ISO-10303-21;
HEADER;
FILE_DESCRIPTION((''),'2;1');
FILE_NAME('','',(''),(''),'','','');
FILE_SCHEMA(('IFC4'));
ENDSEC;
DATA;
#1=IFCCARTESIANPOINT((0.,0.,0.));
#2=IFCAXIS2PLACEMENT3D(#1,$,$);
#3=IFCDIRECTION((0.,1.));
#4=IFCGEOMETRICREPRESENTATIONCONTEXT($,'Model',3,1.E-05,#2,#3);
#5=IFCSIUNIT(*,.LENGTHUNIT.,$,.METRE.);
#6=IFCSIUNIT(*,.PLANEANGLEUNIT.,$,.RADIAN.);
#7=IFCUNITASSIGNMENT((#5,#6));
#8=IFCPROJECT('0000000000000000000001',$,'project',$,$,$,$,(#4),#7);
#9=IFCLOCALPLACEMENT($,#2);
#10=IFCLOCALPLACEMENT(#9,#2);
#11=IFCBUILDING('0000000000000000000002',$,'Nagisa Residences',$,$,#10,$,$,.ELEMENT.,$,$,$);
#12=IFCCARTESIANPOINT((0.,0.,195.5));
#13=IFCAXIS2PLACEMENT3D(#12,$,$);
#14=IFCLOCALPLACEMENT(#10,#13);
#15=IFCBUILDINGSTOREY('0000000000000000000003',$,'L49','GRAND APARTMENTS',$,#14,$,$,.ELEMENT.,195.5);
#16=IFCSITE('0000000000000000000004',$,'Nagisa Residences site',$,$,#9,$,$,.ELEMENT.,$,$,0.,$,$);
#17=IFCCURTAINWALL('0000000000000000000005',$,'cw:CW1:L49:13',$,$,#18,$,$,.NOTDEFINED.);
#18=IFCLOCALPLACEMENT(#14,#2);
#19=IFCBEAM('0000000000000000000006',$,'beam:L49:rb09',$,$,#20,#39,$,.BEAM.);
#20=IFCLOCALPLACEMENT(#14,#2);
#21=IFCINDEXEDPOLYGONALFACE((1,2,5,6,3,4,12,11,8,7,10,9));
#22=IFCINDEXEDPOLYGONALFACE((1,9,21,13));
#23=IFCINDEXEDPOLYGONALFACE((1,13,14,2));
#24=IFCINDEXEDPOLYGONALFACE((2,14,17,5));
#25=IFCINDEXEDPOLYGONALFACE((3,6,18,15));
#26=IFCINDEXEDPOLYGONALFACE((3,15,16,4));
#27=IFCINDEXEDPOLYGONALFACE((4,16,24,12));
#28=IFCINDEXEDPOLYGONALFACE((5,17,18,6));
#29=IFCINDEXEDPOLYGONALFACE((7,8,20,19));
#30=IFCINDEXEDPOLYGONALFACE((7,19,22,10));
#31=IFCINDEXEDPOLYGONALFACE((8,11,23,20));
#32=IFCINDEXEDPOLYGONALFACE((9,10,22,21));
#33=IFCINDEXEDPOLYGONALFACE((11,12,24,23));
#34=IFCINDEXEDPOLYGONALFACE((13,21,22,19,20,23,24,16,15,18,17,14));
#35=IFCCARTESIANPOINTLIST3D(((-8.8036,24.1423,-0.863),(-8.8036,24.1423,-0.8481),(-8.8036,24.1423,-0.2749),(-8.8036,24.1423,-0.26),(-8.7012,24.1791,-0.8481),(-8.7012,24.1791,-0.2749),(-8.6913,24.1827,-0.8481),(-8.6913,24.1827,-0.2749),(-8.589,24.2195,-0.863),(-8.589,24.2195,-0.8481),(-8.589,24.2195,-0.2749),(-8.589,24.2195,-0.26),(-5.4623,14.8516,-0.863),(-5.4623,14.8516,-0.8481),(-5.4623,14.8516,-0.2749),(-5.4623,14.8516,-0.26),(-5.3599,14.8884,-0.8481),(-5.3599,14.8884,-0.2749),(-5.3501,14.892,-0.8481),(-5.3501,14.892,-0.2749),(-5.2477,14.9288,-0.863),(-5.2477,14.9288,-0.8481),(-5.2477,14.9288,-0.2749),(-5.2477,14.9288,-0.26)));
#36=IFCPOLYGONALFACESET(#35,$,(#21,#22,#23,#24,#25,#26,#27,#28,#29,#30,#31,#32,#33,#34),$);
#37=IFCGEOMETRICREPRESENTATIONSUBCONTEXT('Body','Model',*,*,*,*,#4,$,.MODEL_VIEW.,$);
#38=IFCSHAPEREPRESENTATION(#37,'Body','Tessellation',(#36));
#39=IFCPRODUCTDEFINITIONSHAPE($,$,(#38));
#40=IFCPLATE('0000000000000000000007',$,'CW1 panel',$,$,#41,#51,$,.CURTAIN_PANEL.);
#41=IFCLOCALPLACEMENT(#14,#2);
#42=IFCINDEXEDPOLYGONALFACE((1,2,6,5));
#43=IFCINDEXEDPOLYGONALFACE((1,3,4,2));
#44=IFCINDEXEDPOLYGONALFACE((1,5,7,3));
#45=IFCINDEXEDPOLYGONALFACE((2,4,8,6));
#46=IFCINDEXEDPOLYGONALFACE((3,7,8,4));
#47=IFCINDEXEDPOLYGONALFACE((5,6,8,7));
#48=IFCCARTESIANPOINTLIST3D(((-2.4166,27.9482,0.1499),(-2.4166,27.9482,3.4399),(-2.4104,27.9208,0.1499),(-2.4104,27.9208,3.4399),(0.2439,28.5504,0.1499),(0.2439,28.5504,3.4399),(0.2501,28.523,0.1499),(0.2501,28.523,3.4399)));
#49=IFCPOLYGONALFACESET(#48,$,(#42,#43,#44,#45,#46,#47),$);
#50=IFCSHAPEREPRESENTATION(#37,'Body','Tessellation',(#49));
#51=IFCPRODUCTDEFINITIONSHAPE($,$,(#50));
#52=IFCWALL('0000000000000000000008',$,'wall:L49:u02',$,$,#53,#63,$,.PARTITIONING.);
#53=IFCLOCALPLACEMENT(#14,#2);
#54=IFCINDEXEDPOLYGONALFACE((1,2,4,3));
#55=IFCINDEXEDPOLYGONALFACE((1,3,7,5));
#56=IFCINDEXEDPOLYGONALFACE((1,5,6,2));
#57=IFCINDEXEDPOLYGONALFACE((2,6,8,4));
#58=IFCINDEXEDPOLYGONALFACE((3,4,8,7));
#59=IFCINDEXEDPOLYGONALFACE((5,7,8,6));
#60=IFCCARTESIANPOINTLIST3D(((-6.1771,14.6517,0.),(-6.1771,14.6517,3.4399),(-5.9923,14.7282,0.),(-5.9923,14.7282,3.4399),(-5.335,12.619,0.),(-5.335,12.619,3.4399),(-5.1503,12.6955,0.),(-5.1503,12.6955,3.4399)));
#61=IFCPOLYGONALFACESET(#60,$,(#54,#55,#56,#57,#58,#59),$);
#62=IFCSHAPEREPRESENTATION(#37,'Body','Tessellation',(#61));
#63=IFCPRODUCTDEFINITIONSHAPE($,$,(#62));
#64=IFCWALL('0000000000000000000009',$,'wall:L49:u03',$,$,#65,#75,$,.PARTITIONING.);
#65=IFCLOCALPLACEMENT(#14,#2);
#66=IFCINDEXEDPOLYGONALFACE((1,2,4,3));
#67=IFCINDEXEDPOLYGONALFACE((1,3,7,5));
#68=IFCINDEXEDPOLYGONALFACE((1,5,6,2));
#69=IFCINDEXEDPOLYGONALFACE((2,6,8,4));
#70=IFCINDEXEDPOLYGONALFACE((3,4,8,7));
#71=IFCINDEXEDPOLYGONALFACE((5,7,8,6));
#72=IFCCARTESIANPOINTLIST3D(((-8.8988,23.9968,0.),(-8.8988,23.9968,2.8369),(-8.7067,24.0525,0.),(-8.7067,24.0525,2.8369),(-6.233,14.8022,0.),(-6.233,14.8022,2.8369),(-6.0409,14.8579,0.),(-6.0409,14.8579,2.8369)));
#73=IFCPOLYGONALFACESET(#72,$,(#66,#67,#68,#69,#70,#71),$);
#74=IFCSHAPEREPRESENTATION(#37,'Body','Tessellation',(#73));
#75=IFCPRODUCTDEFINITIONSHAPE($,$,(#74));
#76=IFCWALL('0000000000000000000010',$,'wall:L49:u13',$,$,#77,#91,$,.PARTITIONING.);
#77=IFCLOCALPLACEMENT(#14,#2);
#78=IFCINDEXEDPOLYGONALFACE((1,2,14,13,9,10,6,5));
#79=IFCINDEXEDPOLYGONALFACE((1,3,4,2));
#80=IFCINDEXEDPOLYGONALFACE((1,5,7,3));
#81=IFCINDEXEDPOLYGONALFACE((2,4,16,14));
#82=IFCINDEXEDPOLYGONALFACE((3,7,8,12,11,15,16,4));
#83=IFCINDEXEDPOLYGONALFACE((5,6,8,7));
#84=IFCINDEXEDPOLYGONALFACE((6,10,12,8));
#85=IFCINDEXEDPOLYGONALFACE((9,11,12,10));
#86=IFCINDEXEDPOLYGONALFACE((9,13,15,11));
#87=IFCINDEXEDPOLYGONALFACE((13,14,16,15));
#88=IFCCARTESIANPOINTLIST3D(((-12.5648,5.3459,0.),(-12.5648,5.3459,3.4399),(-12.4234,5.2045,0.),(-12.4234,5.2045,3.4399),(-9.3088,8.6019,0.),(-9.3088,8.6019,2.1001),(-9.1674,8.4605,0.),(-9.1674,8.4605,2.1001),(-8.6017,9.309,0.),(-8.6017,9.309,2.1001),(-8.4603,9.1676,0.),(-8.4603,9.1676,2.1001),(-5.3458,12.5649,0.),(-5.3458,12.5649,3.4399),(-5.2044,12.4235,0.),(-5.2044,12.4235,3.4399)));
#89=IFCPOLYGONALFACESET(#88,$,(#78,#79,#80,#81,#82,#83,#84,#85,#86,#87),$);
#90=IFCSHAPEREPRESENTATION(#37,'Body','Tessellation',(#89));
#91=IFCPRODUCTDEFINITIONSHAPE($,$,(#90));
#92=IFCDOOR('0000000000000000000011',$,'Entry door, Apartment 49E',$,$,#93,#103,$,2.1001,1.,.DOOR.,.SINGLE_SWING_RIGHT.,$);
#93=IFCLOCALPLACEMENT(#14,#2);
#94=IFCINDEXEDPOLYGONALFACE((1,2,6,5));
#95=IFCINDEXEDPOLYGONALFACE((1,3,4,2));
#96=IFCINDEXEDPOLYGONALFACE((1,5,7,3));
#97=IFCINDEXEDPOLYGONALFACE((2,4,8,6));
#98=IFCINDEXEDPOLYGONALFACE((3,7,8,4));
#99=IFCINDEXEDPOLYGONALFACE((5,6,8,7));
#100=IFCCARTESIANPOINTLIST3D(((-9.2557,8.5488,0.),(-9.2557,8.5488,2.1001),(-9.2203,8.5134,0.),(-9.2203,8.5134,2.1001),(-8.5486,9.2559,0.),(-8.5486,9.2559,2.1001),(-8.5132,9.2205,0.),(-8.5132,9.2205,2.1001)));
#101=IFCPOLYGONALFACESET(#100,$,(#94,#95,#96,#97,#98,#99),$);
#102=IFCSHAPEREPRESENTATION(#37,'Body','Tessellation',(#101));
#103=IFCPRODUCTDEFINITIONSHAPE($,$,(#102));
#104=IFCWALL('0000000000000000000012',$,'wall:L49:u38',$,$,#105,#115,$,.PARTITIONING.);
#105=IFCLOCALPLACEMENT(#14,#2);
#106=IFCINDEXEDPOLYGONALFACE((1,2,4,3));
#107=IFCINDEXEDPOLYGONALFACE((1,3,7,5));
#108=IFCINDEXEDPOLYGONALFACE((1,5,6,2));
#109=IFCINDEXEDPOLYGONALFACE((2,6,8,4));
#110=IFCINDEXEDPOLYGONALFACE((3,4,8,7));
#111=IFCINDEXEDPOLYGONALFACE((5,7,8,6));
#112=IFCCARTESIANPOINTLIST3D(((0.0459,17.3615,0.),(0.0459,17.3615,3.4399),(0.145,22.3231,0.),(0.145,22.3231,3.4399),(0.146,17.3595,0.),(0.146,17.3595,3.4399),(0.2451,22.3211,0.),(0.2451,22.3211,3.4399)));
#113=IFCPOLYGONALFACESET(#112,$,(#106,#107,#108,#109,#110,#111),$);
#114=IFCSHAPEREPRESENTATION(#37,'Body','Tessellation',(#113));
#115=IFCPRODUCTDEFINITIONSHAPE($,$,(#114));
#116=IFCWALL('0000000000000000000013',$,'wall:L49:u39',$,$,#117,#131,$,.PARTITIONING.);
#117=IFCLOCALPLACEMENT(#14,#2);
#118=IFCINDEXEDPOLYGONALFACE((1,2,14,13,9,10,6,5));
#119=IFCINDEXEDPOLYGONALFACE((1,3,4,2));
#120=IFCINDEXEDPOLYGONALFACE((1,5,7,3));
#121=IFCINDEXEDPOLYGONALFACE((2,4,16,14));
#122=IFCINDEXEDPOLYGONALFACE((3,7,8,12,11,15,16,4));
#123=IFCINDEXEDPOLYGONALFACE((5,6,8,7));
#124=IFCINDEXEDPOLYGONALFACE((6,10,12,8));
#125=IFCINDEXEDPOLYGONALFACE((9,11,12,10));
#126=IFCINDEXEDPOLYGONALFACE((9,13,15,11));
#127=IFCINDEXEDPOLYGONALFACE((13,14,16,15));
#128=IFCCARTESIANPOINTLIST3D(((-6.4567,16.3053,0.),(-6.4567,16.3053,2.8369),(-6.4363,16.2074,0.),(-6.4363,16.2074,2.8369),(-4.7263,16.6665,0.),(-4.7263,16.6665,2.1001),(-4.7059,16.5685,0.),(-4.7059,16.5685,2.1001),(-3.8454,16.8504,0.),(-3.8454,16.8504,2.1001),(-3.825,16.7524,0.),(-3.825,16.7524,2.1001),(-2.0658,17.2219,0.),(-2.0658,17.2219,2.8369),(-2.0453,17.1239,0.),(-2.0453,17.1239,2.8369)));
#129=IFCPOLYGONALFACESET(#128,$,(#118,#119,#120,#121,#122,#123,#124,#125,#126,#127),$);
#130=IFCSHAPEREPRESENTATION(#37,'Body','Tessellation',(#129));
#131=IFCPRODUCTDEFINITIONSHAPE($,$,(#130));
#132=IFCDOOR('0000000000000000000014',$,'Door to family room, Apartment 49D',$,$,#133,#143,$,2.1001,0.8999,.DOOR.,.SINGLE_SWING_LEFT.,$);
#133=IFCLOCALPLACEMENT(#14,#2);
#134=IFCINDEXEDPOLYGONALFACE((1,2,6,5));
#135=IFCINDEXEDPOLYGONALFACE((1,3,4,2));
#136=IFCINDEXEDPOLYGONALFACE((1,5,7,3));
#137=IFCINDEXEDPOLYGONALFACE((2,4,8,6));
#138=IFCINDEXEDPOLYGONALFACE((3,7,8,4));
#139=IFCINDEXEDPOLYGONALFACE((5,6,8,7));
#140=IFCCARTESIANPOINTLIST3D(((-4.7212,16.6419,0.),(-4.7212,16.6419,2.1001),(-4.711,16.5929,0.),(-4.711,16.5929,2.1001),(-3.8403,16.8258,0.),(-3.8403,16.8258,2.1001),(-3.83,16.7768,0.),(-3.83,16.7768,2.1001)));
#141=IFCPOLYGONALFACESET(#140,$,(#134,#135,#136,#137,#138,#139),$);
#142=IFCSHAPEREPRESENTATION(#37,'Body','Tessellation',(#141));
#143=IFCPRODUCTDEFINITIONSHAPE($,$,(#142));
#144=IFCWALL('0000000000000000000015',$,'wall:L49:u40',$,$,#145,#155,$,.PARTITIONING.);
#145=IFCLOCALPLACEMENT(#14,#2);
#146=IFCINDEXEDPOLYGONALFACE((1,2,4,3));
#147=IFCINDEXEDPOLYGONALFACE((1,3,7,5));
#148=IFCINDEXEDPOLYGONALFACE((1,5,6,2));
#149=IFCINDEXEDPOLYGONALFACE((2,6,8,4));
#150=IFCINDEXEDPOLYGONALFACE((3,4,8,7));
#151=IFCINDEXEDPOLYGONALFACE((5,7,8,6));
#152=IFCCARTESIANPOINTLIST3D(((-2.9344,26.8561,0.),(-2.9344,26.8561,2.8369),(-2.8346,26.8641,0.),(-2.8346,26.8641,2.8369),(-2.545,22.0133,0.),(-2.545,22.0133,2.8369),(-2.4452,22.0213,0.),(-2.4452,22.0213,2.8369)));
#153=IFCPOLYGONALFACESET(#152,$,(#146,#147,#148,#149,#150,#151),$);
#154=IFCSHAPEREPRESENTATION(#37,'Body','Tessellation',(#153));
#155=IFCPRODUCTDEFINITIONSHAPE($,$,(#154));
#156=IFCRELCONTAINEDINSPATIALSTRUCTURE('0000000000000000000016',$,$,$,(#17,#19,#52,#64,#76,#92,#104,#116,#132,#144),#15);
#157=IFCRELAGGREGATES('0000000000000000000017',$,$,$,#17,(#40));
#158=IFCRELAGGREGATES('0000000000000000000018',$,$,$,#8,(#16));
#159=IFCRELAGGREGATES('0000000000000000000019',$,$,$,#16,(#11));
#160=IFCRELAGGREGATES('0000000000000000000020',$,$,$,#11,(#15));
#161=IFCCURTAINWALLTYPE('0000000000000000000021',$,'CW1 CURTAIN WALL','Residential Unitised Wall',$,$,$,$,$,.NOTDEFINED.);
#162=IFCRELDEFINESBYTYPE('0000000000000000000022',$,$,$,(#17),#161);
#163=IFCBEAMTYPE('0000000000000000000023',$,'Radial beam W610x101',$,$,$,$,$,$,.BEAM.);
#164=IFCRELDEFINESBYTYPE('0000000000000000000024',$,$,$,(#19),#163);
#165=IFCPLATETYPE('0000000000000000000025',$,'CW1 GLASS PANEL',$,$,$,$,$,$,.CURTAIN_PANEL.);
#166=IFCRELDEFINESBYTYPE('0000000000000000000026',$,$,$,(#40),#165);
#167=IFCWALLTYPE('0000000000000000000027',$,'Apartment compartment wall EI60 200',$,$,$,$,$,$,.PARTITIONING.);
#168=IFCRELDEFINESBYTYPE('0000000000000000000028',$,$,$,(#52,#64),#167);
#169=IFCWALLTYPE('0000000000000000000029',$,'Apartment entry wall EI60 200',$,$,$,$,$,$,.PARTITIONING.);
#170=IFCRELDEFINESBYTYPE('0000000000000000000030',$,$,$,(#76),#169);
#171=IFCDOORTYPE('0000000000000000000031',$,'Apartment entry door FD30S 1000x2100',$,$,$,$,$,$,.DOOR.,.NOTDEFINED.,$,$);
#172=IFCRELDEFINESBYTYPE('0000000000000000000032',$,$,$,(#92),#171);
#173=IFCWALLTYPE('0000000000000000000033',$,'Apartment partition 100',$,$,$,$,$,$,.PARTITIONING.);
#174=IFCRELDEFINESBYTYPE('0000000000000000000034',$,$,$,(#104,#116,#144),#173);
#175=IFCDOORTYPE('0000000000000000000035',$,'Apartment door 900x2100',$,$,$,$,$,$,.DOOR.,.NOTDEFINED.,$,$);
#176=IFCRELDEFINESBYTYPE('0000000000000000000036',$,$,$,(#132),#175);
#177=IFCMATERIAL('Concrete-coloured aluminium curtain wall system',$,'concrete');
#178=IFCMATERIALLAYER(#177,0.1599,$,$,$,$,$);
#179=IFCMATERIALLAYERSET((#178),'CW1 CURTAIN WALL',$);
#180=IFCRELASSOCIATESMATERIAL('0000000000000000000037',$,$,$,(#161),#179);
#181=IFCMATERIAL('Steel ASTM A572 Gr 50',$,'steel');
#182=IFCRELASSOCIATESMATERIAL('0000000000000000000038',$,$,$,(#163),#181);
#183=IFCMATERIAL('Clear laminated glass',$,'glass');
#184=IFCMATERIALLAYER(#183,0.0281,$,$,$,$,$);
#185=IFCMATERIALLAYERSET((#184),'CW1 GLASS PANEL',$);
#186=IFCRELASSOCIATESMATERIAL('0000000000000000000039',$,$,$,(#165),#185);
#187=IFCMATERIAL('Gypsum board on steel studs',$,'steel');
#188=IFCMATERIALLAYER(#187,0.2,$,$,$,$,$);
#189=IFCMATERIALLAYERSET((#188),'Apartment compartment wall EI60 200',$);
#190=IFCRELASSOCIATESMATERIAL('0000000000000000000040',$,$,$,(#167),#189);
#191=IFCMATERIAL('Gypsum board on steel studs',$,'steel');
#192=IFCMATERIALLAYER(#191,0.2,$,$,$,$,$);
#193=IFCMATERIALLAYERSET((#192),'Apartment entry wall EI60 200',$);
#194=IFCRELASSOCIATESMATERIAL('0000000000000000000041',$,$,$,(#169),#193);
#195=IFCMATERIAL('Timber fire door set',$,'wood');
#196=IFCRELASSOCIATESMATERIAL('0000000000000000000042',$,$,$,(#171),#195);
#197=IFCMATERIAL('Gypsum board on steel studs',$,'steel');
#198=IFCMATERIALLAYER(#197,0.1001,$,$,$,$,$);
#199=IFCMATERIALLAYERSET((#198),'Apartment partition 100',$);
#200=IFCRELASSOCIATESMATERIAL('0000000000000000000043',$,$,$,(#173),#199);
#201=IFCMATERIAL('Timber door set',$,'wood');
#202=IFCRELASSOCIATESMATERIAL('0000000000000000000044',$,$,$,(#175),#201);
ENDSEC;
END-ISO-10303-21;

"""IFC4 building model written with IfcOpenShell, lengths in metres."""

from ifc_helpers import new_model, si_unit, direction, frame, frame_2d, origin, origin_2d, place, context, subcontext, project, spatial, rectangle, i_section, extrude, material, layer, layer_set, material_profile, profile_set, type_object, element, fill, aggregate, save


model = new_model("IFC4")

# Units and contexts
model_context = context("Model", 3, precision=1e-05, world=origin(), true_north=direction((0.0, 1.0)))
body_context = subcontext(model_context, "Body", "Model", "MODEL_VIEW")
ifc_project = project(units=[si_unit("LENGTHUNIT", "METRE"), si_unit("PLANEANGLEUNIT", "RADIAN")], contexts=[model_context])

# Site, building, storey
site_placement = place(None, origin())
site = spatial("IfcSite", under=ifc_project, at=site_placement, Name="Nagisa Residences site", CompositionType="ELEMENT", RefElevation=0.0)
building_placement = place(site_placement, origin())
building = spatial("IfcBuilding", under=site, at=building_placement, Name="Nagisa Residences", CompositionType="ELEMENT")
storey_placement = place(building_placement, frame((0.0, 0.0, 195.5)))
storey = spatial("IfcBuildingStorey", under=building, at=storey_placement, Name="L49", Description="GRAND APARTMENTS", CompositionType="ELEMENT", Elevation=195.5)

# Curtain wall
ifc_material_1 = material(Name="Concrete-coloured aluminium curtain wall system", Category="concrete")
ifc_layer_1 = layer(ifc_material_1, 0.1599)
ifc_layer_set_1 = layer_set([ifc_layer_1], Name="CW1 CURTAIN WALL")
curtain_wall_type = type_object("IfcCurtainWallType", Name="CW1 CURTAIN WALL", Description="Residential Unitised Wall", PredefinedType="NOTDEFINED", material=ifc_layer_set_1)
curtain_wall_placement = place(storey_placement, origin())
curtain_wall = element("IfcCurtainWall", 1, at=curtain_wall_placement, inside=storey, type_object=curtain_wall_type, Name="cw:CW1:L49:13", PredefinedType="NOTDEFINED")

# Beam
ifc_material_2 = material(Name="Steel ASTM A572 Gr 50", Category="steel")
ifc_material_profile_1 = material_profile(ifc_material_2, i_section(OverallWidth=0.228, OverallDepth=0.603, WebThickness=0.0105, FlangeThickness=0.0149, at=origin_2d()), Name="W610x101")
ifc_profile_set_1 = profile_set([ifc_material_profile_1], Name="Steel ASTM A572 Gr 50")
beam_type_1 = type_object("IfcBeamType", Name="Radial beam W610x101", PredefinedType="BEAM", material=ifc_profile_set_1)
beam_1_placement = place(storey_placement, frame((-8.6963, 24.1809, -0.5615), z_axis=(0.338417, -0.940996, 0.0), x_axis=(0.940996, 0.338417, 0.0)))
element("IfcBeam", 2, at=beam_1_placement, inside=storey, type_object=beam_type_1, Name="beam:L49:rb09", PredefinedType="BEAM", context=body_context, shape_type="SweptSolid", body=[
    extrude(i_section(OverallWidth=0.228, OverallDepth=0.603, WebThickness=0.0105, FlangeThickness=0.0149, at=origin_2d()), origin(), (0.0, 0.0, 1.0), 9.8733),
])

# Plate
ifc_material_3 = material(Name="Clear laminated glass", Category="glass")
ifc_layer_2 = layer(ifc_material_3, 0.0281)
ifc_layer_set_2 = layer_set([ifc_layer_2], Name="CW1 GLASS PANEL")
plate_type = type_object("IfcPlateType", Name="CW1 GLASS PANEL", PredefinedType="CURTAIN_PANEL", material=ifc_layer_set_2)
plate_placement = place(storey_placement, frame((-1.0833, 28.2356, 0.1499), z_axis=(0.0, 0.0, 1.0), x_axis=(-0.975327, -0.220764, 0.0)))
plate = element("IfcPlate", 3, at=plate_placement, type_object=plate_type, Name="CW1 panel", PredefinedType="CURTAIN_PANEL", context=body_context, shape_type="SweptSolid", body=[
    extrude(rectangle(XDim=2.7278, YDim=0.0281, at=origin_2d()), origin(), (0.0, 0.0, 1.0), 3.29),
])
aggregate(curtain_wall, [plate])

# Walls
ifc_material_4 = material(Name="Gypsum board on steel studs", Category="steel")
ifc_layer_3 = layer(ifc_material_4, 0.2)
ifc_layer_set_3 = layer_set([ifc_layer_3], Name="Apartment compartment wall EI60 200")
wall_type_1 = type_object("IfcWallType", Name="Apartment compartment wall EI60 200", PredefinedType="PARTITIONING", material=ifc_layer_set_3)
wall_1_placement = place(storey_placement, frame((-5.2427, 12.6572, 0.0), z_axis=(0.0, 0.0, 1.0), x_axis=(-0.382708, 0.923869, 0.0)))
element("IfcWall", 4, at=wall_1_placement, inside=storey, type_object=wall_type_1, Name="wall:L49:u02", PredefinedType="PARTITIONING", context=body_context, shape_type="SweptSolid", body=[
    extrude(rectangle(XDim=2.2002, YDim=0.2, at=frame_2d((1.1001, 0.0))), origin(), (0.0, 0.0, 1.0), 3.4399),
])
wall_2_placement = place(storey_placement, frame((-6.137, 14.8301, 0.0), z_axis=(0.0, 0.0, 1.0), x_axis=(-0.278461, 0.960447, 0.0)))
element("IfcWall", 5, at=wall_2_placement, inside=storey, type_object=wall_type_1, Name="wall:L49:u03", PredefinedType="PARTITIONING", context=body_context, shape_type="SweptSolid", body=[
    extrude(rectangle(XDim=9.5732, YDim=0.2, at=frame_2d((4.7866, 0.0))), origin(), (0.0, 0.0, 1.0), 2.8369),
])

# Wall, opening, door
ifc_material_5 = material(Name="Gypsum board on steel studs", Category="steel")
ifc_layer_4 = layer(ifc_material_5, 0.2)
ifc_layer_set_4 = layer_set([ifc_layer_4], Name="Apartment entry wall EI60 200")
wall_type_2 = type_object("IfcWallType", Name="Apartment entry wall EI60 200", PredefinedType="PARTITIONING", material=ifc_layer_set_4)
wall_3_placement = place(storey_placement, frame((-5.2751, 12.4941, 0.0), z_axis=(0.0, 0.0, 1.0), x_axis=(-0.707107, -0.707107, 0.0)))
wall_3 = element("IfcWall", 6, at=wall_3_placement, inside=storey, type_object=wall_type_2, Name="wall:L49:u13", PredefinedType="PARTITIONING", context=body_context, shape_type="SweptSolid", body=[
    extrude(rectangle(XDim=10.2092, YDim=0.2, at=frame_2d((5.1045, 0.0))), origin(), (0.0, 0.0, 1.0), 3.4399),
])
opening_1_placement = place(wall_3_placement, frame((4.6045, 0.0, 0.0)))
opening_1 = element("IfcOpeningElement", 7, at=opening_1_placement, cuts=wall_3, PredefinedType="OPENING", context=body_context, shape_type="SweptSolid", body=[
    extrude(rectangle(XDim=1.0, YDim=2.1001, at=frame_2d((0.5, 1.05))), frame((0.0, 0.1099, 0.0), z_axis=(0.0, -1.0, 0.0), x_axis=(1.0, 0.0, 0.0)), (0.0, 0.0, 1.0), 0.22),
])
ifc_material_6 = material(Name="Timber fire door set", Category="wood")
door_type_1 = type_object("IfcDoorType", Name="Apartment entry door FD30S 1000x2100", OperationType="NOTDEFINED", PredefinedType="DOOR", material=ifc_material_6)
door_1_placement = place(opening_1_placement, frame((1.0, 0.0, 0.0), x_axis=(-1.0, 0.0, 0.0)))
door_1 = element("IfcDoor", 8, at=door_1_placement, inside=storey, type_object=door_type_1, Name="Entry door, Apartment 49E", OperationType="SINGLE_SWING_RIGHT", OverallHeight=2.1001, OverallWidth=1.0, PredefinedType="DOOR", context=body_context, shape_type="SweptSolid", body=[
    extrude(rectangle(XDim=1.0, YDim=2.1001, at=frame_2d((0.5, 1.05))), frame((0.0, 0.0249, 0.0), z_axis=(0.0, -1.0, 0.0), x_axis=(1.0, 0.0, 0.0)), (0.0, 0.0, 1.0), 0.05),
])
fill(opening_1, door_1)

# Wall
ifc_material_7 = material(Name="Gypsum board on steel studs", Category="steel")
ifc_layer_5 = layer(ifc_material_7, 0.1001)
ifc_layer_set_5 = layer_set([ifc_layer_5], Name="Apartment partition 100")
wall_type_3 = type_object("IfcWallType", Name="Apartment partition 100", PredefinedType="PARTITIONING", material=ifc_layer_set_5)
wall_4_placement = place(storey_placement, frame((0.0959, 17.3604, 0.0), z_axis=(0.0, 0.0, 1.0), x_axis=(0.019973, 0.999801, 0.0)))
element("IfcWall", 9, at=wall_4_placement, inside=storey, type_object=wall_type_3, Name="wall:L49:u38", PredefinedType="PARTITIONING", context=body_context, shape_type="SweptSolid", body=[
    extrude(rectangle(XDim=4.9626, YDim=0.1001, at=frame_2d((2.4814, 0.0))), origin(), (0.0, 0.0, 1.0), 3.4399),
])

# Wall, opening, door
wall_5_placement = place(storey_placement, frame((-2.0557, 17.1729, 0.0), z_axis=(0.0, 0.0, 1.0), x_axis=(-0.978903, -0.204326, 0.0)))
wall_5 = element("IfcWall", 10, at=wall_5_placement, inside=storey, type_object=wall_type_3, Name="wall:L49:u39", PredefinedType="PARTITIONING", context=body_context, shape_type="SweptSolid", body=[
    extrude(rectangle(XDim=4.4856, YDim=0.1001, at=frame_2d((2.2427, 0.0))), origin(), (0.0, 0.0, 1.0), 2.8369),
])
opening_2_placement = place(wall_5_placement, frame((1.8179, 0.0, 0.0)))
opening_2 = element("IfcOpeningElement", 11, at=opening_2_placement, cuts=wall_5, PredefinedType="OPENING", context=body_context, shape_type="SweptSolid", body=[
    extrude(rectangle(XDim=0.8999, YDim=2.1001, at=frame_2d((0.45, 1.05))), frame((0.0, 0.0601, 0.0), z_axis=(0.0, -1.0, 0.0), x_axis=(1.0, 0.0, 0.0)), (0.0, 0.0, 1.0), 0.1201),
])
ifc_material_8 = material(Name="Timber door set", Category="wood")
door_type_2 = type_object("IfcDoorType", Name="Apartment door 900x2100", OperationType="NOTDEFINED", PredefinedType="DOOR", material=ifc_material_8)
door_2_placement = place(opening_2_placement, frame((0.8999, 0.0, 0.0), x_axis=(-1.0, 0.0, 0.0)))
door_2 = element("IfcDoor", 12, at=door_2_placement, inside=storey, type_object=door_type_2, Name="Door to family room, Apartment 49D", OperationType="SINGLE_SWING_LEFT", OverallHeight=2.1001, OverallWidth=0.8999, PredefinedType="DOOR", context=body_context, shape_type="SweptSolid", body=[
    extrude(rectangle(XDim=0.8999, YDim=2.1001, at=frame_2d((0.45, 1.05))), frame((0.0, 0.0249, 0.0), z_axis=(0.0, -1.0, 0.0), x_axis=(1.0, 0.0, 0.0)), (0.0, 0.0, 1.0), 0.05),
])
fill(opening_2, door_2)

# Wall
wall_6_placement = place(storey_placement, frame((-2.4951, 22.0173, 0.0), z_axis=(0.0, 0.0, 1.0), x_axis=(-0.080151, 0.996783, 0.0)))
element("IfcWall", 13, at=wall_6_placement, inside=storey, type_object=wall_type_3, Name="wall:L49:u40", PredefinedType="PARTITIONING", context=body_context, shape_type="SweptSolid", body=[
    extrude(rectangle(XDim=4.8584, YDim=0.1001, at=frame_2d((2.4292, 0.0))), origin(), (0.0, 0.0, 1.0), 2.8369),
])

save(model, "model.ifc")
